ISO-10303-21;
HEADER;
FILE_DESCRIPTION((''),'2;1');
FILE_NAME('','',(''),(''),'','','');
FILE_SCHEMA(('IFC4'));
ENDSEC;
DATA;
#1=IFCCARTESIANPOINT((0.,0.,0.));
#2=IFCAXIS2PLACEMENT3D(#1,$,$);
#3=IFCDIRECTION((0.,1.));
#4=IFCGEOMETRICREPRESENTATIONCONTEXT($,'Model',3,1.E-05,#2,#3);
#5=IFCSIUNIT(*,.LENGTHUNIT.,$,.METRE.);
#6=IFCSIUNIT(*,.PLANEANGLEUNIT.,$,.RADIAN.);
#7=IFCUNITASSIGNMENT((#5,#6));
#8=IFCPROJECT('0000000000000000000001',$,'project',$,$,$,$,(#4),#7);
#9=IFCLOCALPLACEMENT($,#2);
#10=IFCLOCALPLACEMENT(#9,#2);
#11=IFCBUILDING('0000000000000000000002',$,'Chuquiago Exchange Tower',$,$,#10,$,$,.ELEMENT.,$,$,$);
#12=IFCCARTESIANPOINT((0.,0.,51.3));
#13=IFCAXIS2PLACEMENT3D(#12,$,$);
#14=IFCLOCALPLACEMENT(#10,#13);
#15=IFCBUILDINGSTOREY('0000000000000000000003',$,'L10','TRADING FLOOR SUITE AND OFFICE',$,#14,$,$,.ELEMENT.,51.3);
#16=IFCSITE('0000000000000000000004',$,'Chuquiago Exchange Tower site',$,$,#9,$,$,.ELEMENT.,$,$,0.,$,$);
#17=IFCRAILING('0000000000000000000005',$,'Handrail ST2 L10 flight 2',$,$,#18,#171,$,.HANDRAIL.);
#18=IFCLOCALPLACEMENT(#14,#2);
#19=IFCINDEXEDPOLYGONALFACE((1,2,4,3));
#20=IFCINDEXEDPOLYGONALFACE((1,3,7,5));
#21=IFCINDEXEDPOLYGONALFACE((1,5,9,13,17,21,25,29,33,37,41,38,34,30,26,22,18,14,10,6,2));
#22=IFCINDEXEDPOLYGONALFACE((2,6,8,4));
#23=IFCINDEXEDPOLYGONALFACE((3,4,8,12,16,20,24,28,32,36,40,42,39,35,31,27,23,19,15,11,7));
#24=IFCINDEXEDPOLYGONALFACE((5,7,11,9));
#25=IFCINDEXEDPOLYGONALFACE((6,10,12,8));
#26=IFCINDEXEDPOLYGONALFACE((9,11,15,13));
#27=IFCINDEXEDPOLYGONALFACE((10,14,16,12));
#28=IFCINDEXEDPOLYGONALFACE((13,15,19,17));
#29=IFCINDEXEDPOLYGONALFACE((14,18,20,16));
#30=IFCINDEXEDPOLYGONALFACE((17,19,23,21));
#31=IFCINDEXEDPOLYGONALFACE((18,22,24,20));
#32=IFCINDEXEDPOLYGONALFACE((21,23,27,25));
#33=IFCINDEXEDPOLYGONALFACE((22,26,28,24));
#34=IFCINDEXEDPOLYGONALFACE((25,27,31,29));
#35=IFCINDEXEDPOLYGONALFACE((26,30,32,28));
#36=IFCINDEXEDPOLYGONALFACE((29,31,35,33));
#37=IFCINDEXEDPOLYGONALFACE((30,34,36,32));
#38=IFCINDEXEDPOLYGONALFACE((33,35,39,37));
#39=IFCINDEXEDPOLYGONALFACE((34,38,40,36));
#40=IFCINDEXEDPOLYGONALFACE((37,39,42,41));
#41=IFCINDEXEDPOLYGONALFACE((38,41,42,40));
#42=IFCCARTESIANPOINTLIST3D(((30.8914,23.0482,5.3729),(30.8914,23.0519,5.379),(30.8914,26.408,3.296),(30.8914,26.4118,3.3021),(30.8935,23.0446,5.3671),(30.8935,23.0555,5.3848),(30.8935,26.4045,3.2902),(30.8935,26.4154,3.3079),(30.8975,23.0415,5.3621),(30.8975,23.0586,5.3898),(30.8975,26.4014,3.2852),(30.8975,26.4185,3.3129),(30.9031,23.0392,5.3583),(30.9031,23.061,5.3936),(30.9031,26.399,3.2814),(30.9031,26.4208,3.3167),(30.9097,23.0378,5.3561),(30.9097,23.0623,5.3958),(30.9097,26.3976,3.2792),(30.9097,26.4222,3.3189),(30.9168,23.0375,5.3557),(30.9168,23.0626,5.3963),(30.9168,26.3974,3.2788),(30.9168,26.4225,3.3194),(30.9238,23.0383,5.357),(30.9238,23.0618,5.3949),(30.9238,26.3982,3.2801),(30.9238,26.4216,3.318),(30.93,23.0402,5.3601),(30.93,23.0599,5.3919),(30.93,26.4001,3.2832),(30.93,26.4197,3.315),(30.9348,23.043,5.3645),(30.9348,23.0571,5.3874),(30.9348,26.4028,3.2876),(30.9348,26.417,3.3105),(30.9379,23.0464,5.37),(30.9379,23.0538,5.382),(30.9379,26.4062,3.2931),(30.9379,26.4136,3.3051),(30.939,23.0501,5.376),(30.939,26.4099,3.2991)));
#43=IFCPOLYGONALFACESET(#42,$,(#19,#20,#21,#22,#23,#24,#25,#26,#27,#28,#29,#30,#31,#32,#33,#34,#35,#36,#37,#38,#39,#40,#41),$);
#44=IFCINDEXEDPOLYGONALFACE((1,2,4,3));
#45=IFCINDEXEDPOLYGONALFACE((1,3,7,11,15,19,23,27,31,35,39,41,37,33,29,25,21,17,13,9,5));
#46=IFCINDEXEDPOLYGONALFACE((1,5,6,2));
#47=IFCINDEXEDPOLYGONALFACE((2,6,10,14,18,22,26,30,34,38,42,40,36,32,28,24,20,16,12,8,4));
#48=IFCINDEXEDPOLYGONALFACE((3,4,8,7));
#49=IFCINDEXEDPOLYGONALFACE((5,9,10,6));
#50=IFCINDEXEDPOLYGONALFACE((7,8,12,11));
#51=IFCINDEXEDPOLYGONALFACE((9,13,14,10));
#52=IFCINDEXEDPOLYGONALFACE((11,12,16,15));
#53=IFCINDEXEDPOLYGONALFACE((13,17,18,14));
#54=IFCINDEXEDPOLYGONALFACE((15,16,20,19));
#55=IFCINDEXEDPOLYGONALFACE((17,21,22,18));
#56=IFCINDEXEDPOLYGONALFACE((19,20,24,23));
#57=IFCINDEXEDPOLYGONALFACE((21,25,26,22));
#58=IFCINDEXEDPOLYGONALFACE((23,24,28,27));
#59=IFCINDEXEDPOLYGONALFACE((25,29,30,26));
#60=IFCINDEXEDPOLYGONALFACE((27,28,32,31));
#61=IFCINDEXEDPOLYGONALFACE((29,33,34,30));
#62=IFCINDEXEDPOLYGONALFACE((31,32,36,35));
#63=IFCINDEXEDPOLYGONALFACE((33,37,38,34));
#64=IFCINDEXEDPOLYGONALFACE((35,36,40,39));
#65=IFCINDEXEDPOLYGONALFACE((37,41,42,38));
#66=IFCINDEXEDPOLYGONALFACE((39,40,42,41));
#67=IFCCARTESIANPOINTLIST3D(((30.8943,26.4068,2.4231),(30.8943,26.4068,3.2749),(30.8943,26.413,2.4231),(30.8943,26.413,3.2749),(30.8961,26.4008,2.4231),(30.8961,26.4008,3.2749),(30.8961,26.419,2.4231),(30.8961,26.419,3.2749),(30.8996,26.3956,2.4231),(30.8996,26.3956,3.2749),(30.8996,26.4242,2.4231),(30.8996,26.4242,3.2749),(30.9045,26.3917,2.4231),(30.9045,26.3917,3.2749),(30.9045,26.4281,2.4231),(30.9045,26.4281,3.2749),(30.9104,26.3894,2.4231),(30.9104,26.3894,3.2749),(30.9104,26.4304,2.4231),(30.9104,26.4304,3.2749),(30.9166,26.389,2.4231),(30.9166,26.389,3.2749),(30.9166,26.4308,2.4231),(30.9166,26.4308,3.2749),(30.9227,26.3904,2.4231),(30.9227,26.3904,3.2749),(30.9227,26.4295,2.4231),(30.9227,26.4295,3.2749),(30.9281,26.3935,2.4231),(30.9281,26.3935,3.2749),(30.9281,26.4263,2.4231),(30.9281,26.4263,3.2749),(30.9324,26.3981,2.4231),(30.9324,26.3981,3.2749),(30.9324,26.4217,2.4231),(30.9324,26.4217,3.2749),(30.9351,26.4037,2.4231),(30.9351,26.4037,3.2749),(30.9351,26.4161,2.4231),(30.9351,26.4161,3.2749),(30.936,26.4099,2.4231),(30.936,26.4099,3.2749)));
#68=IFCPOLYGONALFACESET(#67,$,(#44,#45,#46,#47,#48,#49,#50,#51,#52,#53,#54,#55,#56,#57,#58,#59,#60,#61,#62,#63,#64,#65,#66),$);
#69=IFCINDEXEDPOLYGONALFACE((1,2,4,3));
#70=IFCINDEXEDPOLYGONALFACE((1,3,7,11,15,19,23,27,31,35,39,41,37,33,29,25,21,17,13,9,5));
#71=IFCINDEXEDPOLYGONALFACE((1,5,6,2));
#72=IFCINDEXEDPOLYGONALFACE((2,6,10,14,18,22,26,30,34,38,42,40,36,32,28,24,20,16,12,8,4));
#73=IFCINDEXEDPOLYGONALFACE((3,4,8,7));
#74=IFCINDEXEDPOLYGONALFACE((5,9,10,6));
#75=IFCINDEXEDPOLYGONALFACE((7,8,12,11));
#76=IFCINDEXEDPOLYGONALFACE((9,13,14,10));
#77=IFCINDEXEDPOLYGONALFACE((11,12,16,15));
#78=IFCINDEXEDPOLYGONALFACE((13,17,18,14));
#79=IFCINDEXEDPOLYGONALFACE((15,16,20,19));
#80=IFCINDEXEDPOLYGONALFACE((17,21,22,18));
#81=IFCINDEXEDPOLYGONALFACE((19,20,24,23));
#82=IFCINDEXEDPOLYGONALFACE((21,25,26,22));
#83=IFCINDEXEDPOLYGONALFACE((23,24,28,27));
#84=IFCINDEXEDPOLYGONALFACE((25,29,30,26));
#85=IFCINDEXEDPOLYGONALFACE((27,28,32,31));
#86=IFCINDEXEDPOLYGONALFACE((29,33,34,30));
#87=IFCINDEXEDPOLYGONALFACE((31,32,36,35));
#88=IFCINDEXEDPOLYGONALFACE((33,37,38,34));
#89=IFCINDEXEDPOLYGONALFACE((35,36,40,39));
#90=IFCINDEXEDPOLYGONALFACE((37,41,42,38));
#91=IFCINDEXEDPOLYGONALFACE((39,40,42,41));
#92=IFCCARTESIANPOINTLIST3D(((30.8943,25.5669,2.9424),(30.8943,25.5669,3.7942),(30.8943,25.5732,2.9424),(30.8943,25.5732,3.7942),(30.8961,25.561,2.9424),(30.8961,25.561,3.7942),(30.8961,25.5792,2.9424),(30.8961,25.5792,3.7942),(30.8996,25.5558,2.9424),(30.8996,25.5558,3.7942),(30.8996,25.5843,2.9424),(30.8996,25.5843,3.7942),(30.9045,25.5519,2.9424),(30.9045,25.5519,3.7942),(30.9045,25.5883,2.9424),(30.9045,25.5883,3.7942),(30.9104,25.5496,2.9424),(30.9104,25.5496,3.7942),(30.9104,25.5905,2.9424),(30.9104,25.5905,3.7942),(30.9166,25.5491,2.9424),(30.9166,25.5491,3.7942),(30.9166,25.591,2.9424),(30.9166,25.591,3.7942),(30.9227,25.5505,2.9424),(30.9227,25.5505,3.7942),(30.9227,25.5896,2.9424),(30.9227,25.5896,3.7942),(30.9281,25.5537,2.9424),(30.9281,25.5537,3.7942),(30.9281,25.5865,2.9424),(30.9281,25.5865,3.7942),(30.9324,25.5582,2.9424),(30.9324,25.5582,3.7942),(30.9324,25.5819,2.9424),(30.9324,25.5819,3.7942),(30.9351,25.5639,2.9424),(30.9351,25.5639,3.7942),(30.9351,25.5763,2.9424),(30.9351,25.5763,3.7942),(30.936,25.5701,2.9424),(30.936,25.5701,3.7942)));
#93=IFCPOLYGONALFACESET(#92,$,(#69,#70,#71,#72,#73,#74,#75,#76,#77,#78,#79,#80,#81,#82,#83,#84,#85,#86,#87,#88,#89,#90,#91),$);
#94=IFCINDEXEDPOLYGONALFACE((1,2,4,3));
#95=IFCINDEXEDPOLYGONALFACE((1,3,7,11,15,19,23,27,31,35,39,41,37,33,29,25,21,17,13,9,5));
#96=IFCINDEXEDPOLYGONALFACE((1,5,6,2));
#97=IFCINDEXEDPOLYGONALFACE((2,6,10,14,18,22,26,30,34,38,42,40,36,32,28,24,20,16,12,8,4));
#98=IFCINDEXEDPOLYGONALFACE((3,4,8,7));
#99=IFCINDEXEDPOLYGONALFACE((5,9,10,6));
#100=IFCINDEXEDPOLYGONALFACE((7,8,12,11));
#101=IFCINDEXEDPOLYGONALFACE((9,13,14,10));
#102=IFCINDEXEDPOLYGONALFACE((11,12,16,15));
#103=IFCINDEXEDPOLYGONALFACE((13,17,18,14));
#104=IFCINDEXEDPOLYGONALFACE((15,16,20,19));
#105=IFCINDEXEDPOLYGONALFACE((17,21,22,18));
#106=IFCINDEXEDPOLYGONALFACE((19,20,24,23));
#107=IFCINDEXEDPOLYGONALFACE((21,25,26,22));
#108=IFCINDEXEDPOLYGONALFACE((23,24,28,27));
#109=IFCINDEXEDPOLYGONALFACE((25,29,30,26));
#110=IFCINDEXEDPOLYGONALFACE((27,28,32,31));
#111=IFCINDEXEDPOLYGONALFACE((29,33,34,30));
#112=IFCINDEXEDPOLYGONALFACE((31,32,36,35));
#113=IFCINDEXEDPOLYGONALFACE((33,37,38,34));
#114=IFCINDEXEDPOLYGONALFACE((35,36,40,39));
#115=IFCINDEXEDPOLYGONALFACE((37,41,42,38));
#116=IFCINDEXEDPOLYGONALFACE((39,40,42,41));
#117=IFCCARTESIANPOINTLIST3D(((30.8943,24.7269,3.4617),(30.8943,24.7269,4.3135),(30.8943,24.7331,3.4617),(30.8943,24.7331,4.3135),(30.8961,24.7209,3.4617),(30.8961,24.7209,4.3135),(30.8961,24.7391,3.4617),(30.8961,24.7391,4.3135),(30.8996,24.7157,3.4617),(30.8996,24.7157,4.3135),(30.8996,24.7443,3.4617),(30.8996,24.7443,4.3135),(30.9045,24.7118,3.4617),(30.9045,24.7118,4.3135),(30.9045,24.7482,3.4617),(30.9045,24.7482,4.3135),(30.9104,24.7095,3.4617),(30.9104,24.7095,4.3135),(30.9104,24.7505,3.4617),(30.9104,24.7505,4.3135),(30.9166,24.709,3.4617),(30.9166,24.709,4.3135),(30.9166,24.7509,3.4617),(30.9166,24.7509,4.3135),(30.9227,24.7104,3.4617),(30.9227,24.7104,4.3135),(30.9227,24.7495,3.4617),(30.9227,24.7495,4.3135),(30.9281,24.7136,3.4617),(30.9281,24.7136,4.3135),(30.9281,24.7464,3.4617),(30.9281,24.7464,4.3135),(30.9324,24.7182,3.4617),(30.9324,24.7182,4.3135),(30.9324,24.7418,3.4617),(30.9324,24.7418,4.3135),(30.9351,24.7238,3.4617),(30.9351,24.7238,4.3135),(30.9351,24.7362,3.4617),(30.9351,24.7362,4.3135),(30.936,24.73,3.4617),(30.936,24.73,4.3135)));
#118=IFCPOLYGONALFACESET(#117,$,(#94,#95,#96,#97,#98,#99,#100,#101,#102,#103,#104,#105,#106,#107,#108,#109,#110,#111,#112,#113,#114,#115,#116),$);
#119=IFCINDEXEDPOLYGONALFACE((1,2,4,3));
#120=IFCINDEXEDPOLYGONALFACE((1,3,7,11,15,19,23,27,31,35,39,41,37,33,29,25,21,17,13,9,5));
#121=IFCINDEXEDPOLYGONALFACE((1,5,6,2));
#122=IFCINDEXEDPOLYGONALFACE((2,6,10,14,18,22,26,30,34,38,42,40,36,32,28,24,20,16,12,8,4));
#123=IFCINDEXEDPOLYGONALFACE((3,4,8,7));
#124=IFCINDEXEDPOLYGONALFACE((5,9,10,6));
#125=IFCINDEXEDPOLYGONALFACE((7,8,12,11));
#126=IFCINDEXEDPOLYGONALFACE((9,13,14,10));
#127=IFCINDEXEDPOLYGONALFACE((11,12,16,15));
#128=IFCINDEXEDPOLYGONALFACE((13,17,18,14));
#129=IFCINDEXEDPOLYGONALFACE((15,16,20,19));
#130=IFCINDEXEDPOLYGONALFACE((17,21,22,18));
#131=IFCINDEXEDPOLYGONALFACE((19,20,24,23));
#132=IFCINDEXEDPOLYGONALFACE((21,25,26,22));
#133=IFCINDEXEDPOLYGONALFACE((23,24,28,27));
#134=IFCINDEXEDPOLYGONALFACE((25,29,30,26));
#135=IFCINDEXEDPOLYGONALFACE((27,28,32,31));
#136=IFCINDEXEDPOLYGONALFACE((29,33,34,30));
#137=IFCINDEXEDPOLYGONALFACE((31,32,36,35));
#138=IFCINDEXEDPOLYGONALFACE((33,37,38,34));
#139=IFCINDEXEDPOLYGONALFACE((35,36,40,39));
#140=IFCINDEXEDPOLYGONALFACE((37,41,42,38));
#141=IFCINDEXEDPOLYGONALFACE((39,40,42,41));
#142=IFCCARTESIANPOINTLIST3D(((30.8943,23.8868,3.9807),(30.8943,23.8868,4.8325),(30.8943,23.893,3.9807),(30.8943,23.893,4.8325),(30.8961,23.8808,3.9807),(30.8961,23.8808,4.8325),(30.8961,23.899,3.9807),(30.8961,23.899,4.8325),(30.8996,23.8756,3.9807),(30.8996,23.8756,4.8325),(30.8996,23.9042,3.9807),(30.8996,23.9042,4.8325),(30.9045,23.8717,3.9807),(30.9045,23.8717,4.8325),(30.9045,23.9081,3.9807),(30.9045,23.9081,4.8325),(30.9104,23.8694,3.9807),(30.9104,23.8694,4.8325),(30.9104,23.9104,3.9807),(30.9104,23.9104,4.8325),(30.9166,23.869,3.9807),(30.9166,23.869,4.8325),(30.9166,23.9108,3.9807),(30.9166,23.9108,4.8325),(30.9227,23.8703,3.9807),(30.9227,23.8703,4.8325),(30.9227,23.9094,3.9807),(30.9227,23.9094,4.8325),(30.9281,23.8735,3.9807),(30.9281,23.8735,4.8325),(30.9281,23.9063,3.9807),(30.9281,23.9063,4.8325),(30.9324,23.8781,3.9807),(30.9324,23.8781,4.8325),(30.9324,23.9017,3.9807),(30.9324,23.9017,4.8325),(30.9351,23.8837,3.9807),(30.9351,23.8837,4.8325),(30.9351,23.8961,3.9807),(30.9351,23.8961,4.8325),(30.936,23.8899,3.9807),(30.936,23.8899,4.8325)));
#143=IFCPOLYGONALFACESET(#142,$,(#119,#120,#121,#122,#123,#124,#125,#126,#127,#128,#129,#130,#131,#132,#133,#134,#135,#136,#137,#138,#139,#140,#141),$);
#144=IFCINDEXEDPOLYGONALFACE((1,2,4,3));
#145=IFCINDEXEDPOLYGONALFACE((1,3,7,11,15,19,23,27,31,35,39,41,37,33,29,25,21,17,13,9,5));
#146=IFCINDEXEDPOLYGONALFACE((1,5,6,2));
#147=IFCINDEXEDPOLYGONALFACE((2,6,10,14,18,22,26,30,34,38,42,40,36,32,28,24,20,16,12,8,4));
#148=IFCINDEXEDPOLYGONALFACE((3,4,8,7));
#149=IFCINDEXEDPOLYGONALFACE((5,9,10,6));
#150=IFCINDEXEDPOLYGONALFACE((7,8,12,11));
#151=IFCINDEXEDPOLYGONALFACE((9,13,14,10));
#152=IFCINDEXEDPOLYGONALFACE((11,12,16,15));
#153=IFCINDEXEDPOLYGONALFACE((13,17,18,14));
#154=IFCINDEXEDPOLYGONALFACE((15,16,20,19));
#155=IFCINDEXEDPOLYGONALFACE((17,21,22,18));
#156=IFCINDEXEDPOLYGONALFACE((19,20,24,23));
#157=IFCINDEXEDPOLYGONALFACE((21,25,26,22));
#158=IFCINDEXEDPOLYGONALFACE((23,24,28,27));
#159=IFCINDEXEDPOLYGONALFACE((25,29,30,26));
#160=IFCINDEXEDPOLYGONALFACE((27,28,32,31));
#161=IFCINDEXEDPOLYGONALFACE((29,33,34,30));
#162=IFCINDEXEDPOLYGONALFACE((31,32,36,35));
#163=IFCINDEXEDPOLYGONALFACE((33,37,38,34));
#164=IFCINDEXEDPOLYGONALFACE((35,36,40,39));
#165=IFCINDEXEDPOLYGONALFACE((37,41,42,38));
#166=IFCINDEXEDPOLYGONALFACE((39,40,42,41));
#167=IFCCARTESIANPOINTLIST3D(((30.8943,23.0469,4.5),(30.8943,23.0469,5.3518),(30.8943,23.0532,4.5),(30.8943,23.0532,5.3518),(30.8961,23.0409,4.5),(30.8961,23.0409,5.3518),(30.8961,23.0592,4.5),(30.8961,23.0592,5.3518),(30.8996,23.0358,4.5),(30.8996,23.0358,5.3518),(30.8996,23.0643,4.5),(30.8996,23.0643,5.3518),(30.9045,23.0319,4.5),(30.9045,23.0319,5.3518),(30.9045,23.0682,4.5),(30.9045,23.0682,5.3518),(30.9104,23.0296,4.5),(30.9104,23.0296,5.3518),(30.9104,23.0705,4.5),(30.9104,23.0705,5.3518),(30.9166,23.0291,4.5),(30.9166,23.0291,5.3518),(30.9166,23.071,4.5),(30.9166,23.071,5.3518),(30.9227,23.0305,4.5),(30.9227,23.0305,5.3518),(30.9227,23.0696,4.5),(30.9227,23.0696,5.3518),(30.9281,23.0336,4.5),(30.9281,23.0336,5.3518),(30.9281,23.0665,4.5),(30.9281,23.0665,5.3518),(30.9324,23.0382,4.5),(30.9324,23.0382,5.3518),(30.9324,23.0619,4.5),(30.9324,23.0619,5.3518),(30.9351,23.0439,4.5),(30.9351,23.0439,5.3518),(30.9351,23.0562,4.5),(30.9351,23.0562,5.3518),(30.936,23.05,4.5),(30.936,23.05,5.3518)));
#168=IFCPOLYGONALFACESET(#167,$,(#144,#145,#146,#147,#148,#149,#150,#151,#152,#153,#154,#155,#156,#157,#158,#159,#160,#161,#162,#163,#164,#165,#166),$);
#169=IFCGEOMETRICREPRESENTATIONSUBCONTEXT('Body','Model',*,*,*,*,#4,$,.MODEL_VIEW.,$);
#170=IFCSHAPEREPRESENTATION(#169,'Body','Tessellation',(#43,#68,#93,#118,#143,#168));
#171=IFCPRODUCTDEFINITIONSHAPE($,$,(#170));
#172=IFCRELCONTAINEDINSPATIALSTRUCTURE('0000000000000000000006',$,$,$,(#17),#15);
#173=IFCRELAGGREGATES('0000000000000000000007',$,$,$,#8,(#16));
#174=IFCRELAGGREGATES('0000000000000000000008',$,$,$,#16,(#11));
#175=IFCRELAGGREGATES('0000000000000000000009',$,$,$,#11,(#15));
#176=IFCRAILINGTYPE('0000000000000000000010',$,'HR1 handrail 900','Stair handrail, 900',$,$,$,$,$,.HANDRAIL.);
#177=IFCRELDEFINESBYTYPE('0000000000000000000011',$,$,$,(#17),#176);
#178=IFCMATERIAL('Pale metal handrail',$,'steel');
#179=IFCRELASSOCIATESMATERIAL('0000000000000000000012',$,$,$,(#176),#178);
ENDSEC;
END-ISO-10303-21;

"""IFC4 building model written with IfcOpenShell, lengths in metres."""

from ifc_helpers import new_model, si_unit, direction, frame, origin, origin_2d, place, context, subcontext, project, spatial, circle, extrude, material, type_object, element, save


model = new_model("IFC4")

# Units and contexts
model_context = context("Model", 3, precision=1e-05, world=origin(), true_north=direction((0.0, 1.0)))
body_context = subcontext(model_context, "Body", "Model", "MODEL_VIEW")
ifc_project = project(units=[si_unit("LENGTHUNIT", "METRE"), si_unit("PLANEANGLEUNIT", "RADIAN")], contexts=[model_context])

# Site, building, storey
site_placement = place(None, origin())
site = spatial("IfcSite", under=ifc_project, at=site_placement, Name="Chuquiago Exchange Tower site", CompositionType="ELEMENT", RefElevation=0.0)
building_placement = place(site_placement, origin())
building = spatial("IfcBuilding", under=site, at=building_placement, Name="Chuquiago Exchange Tower", CompositionType="ELEMENT")
storey_placement = place(building_placement, frame((0.0, 0.0, 51.3)))
storey = spatial("IfcBuildingStorey", under=building, at=storey_placement, Name="L10", Description="TRADING FLOOR SUITE AND OFFICE", CompositionType="ELEMENT", Elevation=51.3)

# Railing
ifc_material_1 = material(Name="Pale metal handrail", Category="steel")
railing_type_1 = type_object("IfcRailingType", Name="HR1 handrail 900", Description="Stair handrail, 900", PredefinedType="HANDRAIL", material=ifc_material_1)
for number, where, name in (
    (1, (30.915, 26.4099, 2.4231), "Handrail ST2 L10 flight 2"),
):
    element("IfcRailing", number, at=place(storey_placement, frame(where)), inside=storey, type_object=railing_type_1, Name=name, PredefinedType="HANDRAIL", context=body_context, shape_type="SweptSolid", body=[
        extrude(circle(Radius=0.0239, at=origin_2d()), frame((0.0, 0.0, 0.876), z_axis=(0.0, -0.850606, 0.525803), x_axis=(1.0, 0.0, 0.0)), (0.0, 0.0, 1.0), 3.95),
        extrude(circle(Radius=0.021, at=origin_2d()), origin(), (0.0, 0.0, 1.0), 0.8518),
        extrude(circle(Radius=0.021, at=origin_2d()), frame((0.0, -0.8398, 0.5193)), (0.0, 0.0, 1.0), 0.8518),
        extrude(circle(Radius=0.021, at=origin_2d()), frame((0.0, -1.6799, 1.0386)), (0.0, 0.0, 1.0), 0.8518),
        extrude(circle(Radius=0.021, at=origin_2d()), frame((0.0, -2.52, 1.5576)), (0.0, 0.0, 1.0), 0.8518),
        extrude(circle(Radius=0.021, at=origin_2d()), frame((0.0, -3.3599, 2.0769)), (0.0, 0.0, 1.0), 0.8518),
    ])

save(model, "model.ifc")
